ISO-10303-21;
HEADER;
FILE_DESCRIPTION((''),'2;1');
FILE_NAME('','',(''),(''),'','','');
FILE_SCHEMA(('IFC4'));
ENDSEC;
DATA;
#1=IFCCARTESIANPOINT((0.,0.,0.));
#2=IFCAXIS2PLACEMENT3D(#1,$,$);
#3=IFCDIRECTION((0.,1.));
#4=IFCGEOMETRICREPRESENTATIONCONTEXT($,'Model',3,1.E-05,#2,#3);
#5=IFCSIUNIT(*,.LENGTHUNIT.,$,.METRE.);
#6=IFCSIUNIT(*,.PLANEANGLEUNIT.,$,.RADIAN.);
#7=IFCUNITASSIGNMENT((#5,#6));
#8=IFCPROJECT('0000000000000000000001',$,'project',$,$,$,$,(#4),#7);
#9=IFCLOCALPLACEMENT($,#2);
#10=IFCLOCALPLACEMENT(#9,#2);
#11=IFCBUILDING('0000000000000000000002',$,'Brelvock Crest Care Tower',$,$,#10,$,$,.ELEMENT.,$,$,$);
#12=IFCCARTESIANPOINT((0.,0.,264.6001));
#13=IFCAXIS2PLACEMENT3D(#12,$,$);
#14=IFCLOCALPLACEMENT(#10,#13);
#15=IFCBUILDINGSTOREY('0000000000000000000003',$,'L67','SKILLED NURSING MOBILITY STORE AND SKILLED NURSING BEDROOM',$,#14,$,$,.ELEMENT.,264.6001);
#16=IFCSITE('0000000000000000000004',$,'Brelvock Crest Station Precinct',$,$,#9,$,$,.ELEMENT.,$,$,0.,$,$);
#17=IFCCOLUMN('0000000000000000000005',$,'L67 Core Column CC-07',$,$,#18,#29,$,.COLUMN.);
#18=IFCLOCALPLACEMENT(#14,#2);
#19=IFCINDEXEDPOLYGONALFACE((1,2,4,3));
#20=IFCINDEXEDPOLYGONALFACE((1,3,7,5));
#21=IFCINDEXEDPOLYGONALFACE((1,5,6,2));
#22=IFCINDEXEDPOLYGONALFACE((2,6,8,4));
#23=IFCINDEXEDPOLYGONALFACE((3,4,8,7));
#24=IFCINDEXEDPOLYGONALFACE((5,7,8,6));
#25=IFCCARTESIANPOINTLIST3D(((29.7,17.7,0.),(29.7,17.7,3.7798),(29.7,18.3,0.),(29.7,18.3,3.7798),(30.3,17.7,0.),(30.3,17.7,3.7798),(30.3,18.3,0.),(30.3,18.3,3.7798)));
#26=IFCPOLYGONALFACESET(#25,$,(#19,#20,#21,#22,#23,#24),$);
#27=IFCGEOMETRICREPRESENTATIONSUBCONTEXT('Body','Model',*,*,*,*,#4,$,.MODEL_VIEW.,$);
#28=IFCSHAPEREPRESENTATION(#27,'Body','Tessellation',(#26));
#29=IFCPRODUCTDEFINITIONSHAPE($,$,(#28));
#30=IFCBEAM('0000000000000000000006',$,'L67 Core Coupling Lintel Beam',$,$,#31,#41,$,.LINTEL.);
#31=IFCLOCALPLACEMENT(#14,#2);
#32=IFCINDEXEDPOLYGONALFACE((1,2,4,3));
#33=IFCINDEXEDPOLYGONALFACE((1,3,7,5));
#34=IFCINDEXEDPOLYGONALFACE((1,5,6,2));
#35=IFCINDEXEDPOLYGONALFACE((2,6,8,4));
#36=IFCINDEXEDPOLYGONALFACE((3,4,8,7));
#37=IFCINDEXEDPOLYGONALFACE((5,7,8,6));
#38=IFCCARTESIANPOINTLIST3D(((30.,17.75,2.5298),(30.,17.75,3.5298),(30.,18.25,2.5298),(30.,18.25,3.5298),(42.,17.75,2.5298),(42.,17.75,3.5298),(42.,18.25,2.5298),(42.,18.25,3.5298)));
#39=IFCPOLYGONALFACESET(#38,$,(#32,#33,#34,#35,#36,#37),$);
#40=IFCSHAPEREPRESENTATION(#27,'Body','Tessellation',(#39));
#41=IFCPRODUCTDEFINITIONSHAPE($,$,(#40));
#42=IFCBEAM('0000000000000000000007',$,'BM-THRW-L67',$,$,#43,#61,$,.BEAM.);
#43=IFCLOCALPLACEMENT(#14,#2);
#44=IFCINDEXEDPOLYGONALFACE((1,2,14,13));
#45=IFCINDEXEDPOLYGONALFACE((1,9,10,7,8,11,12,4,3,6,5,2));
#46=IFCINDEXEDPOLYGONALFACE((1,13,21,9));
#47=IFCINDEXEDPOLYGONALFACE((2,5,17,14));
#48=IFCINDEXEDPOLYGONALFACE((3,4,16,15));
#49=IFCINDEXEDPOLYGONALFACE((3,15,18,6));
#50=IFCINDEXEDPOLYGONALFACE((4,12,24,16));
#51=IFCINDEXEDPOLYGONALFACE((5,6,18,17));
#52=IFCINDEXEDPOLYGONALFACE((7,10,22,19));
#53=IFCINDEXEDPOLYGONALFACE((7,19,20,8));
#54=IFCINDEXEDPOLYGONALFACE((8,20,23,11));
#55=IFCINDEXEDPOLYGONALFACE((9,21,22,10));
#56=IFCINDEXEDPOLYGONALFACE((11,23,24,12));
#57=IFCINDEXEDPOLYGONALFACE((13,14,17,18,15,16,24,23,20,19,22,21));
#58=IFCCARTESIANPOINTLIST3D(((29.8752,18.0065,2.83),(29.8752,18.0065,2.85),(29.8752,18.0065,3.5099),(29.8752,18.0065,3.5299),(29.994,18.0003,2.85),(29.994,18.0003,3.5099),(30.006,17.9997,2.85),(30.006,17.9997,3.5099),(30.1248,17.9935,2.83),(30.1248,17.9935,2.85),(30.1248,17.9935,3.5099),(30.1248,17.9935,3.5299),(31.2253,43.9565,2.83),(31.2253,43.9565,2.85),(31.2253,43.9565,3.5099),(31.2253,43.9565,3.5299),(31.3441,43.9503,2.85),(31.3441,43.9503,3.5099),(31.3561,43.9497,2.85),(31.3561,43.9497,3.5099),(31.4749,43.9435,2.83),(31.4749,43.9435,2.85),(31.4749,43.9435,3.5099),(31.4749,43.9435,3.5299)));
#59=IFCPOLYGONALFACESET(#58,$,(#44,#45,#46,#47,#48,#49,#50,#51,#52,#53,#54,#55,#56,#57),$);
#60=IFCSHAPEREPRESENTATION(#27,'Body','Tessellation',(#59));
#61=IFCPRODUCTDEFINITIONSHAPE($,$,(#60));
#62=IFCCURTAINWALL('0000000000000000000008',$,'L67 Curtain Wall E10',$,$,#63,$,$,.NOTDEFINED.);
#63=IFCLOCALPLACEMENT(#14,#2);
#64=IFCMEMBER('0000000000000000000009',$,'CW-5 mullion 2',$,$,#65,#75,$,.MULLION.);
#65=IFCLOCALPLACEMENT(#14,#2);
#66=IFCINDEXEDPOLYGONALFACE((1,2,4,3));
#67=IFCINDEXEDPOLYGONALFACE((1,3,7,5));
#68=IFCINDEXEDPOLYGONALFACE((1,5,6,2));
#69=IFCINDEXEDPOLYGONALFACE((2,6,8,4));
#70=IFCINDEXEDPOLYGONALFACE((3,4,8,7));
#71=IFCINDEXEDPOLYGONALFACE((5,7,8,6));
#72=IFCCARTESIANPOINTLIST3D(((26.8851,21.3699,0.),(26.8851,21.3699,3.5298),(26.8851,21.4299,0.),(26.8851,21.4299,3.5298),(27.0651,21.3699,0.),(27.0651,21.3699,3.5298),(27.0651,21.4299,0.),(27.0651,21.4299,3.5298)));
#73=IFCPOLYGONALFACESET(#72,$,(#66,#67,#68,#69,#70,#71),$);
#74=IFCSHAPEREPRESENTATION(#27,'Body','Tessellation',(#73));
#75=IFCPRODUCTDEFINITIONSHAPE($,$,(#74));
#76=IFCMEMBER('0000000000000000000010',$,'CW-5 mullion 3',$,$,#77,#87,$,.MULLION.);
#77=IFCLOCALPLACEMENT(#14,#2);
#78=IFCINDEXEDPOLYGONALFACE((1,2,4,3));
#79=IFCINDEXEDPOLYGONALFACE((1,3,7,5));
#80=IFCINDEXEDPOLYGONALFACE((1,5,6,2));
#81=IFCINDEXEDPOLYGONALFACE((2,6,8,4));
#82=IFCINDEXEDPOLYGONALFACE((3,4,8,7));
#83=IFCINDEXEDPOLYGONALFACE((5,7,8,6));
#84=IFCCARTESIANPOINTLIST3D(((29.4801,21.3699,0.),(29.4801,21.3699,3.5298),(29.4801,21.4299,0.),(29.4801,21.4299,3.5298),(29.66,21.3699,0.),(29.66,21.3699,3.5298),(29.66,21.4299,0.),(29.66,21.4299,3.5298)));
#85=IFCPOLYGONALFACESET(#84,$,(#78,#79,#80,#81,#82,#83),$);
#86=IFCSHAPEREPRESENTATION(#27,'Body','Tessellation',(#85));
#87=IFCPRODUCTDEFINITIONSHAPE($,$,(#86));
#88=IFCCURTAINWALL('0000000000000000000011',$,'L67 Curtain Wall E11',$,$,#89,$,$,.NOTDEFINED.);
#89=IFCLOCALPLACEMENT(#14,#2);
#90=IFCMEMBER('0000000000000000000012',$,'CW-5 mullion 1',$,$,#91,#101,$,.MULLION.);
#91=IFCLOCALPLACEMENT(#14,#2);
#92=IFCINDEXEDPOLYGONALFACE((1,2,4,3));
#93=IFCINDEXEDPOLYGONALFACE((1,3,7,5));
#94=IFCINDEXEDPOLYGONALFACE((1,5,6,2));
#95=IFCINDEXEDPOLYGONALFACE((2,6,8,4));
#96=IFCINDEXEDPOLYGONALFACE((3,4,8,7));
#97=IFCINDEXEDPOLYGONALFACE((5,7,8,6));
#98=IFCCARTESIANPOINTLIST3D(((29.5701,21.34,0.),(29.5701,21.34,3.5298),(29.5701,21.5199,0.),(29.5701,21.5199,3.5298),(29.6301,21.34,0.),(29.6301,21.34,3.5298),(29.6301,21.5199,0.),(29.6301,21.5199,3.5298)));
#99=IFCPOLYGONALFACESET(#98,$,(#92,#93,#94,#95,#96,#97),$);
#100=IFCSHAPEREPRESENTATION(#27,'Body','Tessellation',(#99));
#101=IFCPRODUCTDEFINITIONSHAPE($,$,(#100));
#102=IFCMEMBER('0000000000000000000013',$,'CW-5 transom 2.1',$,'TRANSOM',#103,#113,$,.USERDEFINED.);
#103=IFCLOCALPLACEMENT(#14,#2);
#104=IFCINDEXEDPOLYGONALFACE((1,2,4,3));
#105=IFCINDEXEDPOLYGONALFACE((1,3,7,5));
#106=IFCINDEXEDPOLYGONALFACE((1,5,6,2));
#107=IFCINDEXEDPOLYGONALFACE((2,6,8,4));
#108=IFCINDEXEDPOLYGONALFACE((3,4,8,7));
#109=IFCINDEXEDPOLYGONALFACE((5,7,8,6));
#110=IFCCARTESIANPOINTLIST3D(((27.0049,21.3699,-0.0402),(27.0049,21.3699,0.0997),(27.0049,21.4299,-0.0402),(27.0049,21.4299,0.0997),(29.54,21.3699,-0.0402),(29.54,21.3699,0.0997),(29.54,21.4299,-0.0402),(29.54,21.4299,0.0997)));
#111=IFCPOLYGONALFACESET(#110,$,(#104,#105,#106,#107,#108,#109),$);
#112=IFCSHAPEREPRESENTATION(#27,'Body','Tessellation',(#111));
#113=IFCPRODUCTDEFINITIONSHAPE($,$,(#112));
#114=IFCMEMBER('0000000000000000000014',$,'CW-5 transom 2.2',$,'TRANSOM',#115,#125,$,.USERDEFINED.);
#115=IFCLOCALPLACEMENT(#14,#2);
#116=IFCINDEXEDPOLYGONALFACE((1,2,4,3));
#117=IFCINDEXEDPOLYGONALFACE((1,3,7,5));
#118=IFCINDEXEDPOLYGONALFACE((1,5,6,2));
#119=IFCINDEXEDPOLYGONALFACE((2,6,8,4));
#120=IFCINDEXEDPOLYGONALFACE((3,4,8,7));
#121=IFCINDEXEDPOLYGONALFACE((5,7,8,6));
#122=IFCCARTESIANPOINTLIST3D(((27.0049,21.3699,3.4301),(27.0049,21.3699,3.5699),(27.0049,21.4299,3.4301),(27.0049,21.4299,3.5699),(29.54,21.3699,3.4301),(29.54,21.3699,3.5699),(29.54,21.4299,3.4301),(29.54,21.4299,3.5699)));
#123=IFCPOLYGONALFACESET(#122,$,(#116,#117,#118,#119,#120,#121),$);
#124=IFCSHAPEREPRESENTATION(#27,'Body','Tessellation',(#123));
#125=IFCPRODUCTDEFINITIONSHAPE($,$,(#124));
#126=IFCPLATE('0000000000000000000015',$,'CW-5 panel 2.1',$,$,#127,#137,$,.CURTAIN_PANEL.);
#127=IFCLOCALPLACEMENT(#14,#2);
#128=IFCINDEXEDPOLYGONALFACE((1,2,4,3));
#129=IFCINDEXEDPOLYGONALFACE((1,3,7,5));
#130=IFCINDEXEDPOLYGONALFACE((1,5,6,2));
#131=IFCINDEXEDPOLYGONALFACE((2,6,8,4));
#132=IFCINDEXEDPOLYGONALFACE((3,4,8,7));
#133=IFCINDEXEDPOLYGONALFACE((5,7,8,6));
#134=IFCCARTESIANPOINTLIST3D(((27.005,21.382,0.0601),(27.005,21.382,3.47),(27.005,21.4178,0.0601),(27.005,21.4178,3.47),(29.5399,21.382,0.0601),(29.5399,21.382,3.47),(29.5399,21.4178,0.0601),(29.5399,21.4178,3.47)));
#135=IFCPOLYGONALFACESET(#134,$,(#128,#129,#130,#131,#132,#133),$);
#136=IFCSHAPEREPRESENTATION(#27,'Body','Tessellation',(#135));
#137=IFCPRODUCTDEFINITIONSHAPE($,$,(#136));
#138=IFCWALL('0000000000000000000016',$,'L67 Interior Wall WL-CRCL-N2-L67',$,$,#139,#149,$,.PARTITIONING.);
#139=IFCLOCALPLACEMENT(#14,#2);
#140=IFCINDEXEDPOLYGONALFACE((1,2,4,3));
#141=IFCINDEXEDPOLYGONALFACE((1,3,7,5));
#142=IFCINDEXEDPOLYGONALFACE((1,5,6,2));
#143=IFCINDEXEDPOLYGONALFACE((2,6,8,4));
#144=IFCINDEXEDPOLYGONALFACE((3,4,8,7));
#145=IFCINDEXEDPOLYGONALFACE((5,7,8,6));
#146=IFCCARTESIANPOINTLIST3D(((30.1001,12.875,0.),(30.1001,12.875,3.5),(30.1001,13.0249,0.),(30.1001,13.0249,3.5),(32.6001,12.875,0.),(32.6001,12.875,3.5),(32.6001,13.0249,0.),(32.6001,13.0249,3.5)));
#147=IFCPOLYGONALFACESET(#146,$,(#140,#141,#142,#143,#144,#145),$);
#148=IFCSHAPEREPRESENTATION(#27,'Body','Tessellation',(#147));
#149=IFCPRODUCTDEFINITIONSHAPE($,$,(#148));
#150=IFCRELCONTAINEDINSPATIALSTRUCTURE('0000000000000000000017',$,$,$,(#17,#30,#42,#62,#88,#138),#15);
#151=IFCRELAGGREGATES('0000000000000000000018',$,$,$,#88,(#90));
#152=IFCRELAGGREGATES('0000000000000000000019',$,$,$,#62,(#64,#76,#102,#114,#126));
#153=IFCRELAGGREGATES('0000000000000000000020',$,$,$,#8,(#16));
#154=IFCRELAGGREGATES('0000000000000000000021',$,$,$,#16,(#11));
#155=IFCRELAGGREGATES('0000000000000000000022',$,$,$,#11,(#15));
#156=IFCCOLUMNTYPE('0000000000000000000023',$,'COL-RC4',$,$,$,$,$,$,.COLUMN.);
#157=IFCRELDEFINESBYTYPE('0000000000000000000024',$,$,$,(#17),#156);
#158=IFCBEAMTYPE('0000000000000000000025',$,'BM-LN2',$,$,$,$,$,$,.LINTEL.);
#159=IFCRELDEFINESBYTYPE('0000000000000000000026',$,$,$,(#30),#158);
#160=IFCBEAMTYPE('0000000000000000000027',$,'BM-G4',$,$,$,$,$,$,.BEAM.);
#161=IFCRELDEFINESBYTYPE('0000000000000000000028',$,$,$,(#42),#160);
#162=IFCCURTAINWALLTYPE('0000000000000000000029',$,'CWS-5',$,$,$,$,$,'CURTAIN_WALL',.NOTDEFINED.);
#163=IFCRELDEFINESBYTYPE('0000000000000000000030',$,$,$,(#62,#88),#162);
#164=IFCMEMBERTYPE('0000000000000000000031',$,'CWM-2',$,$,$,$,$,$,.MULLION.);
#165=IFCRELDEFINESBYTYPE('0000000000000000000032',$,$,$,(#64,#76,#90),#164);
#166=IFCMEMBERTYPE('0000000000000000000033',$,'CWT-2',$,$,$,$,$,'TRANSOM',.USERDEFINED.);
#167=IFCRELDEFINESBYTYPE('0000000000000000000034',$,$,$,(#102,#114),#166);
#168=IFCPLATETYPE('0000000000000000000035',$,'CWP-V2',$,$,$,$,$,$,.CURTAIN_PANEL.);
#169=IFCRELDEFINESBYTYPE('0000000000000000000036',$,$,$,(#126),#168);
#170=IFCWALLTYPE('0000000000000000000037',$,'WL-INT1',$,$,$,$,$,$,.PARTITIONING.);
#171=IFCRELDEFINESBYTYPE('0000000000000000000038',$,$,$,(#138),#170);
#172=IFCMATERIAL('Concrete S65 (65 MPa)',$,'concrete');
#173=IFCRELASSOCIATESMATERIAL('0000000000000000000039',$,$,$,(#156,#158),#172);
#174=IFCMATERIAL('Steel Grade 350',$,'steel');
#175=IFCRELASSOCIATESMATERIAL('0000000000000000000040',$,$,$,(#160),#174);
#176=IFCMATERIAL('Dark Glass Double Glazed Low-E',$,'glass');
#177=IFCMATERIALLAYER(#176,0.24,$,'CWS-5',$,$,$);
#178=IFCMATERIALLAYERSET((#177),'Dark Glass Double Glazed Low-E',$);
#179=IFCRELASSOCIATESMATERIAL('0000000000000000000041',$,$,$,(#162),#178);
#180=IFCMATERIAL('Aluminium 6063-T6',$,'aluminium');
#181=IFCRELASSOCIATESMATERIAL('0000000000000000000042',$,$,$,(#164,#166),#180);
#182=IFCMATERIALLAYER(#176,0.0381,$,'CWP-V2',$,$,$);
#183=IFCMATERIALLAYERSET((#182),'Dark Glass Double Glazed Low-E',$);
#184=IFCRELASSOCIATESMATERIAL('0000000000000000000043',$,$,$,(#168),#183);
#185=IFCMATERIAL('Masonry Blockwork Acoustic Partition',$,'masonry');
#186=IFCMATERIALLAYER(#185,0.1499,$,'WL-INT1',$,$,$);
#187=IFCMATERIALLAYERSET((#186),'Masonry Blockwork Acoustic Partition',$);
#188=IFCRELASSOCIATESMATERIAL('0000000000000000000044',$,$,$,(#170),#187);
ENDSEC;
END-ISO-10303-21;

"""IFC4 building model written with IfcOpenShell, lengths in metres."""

from ifc_helpers import new_model, si_unit, direction, frame, frame_2d, origin, origin_2d, place, context, subcontext, project, spatial, rectangle, i_section, extrude, source, transform, mapped, material, layer, layer_set, material_profile, profile_set, type_object, element, aggregate, save


model = new_model("IFC4")

# Units and contexts
model_context = context("Model", 3, precision=1e-05, world=origin(), true_north=direction((0.0, 1.0)))
body_context = subcontext(model_context, "Body", "Model", "MODEL_VIEW")
ifc_project = project(units=[si_unit("LENGTHUNIT", "METRE"), si_unit("PLANEANGLEUNIT", "RADIAN")], contexts=[model_context])

# Site, building, storey
site_placement = place(None, origin())
site = spatial("IfcSite", under=ifc_project, at=site_placement, Name="Brelvock Crest Station Precinct", CompositionType="ELEMENT", RefElevation=0.0)
building_placement = place(site_placement, origin())
building = spatial("IfcBuilding", under=site, at=building_placement, Name="Brelvock Crest Care Tower", CompositionType="ELEMENT")
storey_placement = place(building_placement, frame((0.0, 0.0, 264.6001)))
storey = spatial("IfcBuildingStorey", under=building, at=storey_placement, Name="L67", Description="SKILLED NURSING MOBILITY STORE AND SKILLED NURSING BEDROOM", CompositionType="ELEMENT", Elevation=264.6001)

# Column
ifc_material_1 = material(Name="Concrete S65 (65 MPa)", Category="concrete")
ifc_material_profile_1 = material_profile(ifc_material_1, rectangle(XDim=0.6001, YDim=0.6001, at=origin_2d()), Name="RC600x600")
ifc_profile_set_1 = profile_set([ifc_material_profile_1], Name="Concrete S65 (65 MPa)")
column_type = type_object("IfcColumnType", Name="COL-RC4", PredefinedType="COLUMN", material=ifc_profile_set_1)
shared_shape_1 = source(origin(), body_context, "Body", "SweptSolid", [
    extrude(rectangle(XDim=0.6001, YDim=0.6001, at=origin_2d()), origin(), (0.0, 0.0, 1.0), 3.7798),
])
column_placement = place(storey_placement, frame((30.0, 18.0, 0.0), z_axis=(0.0, 0.0, 1.0), x_axis=(1.0, 0.0, 0.0)))
element("IfcColumn", 1, at=column_placement, inside=storey, type_object=column_type, Name="L67 Core Column CC-07", PredefinedType="COLUMN", context=body_context, shape_type="MappedRepresentation", body=[
    mapped(shared_shape_1, transform((0.0, 0.0, 0.0), x_axis=(1.0, 0.0, 0.0), y_axis=(0.0, 1.0, 0.0), z_axis=(0.0, 0.0, 1.0), scale=1.0)),
])

# Beams
ifc_material_profile_2 = material_profile(ifc_material_1, rectangle(XDim=0.5, YDim=1.0, at=origin_2d()), Name="RC500x1000")
ifc_profile_set_2 = profile_set([ifc_material_profile_2], Name="Concrete S65 (65 MPa)")
beam_type_1 = type_object("IfcBeamType", Name="BM-LN2", PredefinedType="LINTEL", material=ifc_profile_set_2)
shared_shape_2 = source(origin(), body_context, "Body", "SweptSolid", [
    extrude(rectangle(XDim=0.5, YDim=1.0, at=origin_2d()), origin(), (0.0, 0.0, 1.0), 12.0),
])
beam_1_placement = place(storey_placement, frame((30.0, 18.0, 3.0298), z_axis=(1.0, 0.0, 0.0), x_axis=(0.0, 1.0, 0.0)))
element("IfcBeam", 2, at=beam_1_placement, inside=storey, type_object=beam_type_1, Name="L67 Core Coupling Lintel Beam", PredefinedType="LINTEL", context=body_context, shape_type="MappedRepresentation", body=[
    mapped(shared_shape_2, transform((0.0, 0.0, 0.0), x_axis=(1.0, 0.0, 0.0), y_axis=(0.0, 1.0, 0.0), z_axis=(0.0, 0.0, 1.0), scale=1.0)),
])
ifc_material_2 = material(Name="Steel Grade 350", Category="steel")
ifc_material_profile_3 = material_profile(ifc_material_2, i_section(OverallWidth=0.25, OverallDepth=0.7, WebThickness=0.012, FlangeThickness=0.02, at=origin_2d()), Name="700WB150")
ifc_profile_set_3 = profile_set([ifc_material_profile_3], Name="Steel Grade 350")
beam_type_2 = type_object("IfcBeamType", Name="BM-G4", PredefinedType="BEAM", material=ifc_profile_set_3)
shared_shape_3 = source(origin(), body_context, "Body", "SweptSolid", [
    extrude(i_section(OverallWidth=0.25, OverallDepth=0.7, WebThickness=0.012, FlangeThickness=0.02, at=origin_2d()), origin(), (0.0, 0.0, 1.0), 25.9851),
])
beam_2_placement = place(storey_placement, frame((30.0, 18.0, 3.1799), z_axis=(0.051957, 0.998649, 0.0), x_axis=(-0.998649, 0.051957, 0.0)))
element("IfcBeam", 3, at=beam_2_placement, inside=storey, type_object=beam_type_2, Name="BM-THRW-L67", PredefinedType="BEAM", context=body_context, shape_type="MappedRepresentation", body=[
    mapped(shared_shape_3, transform((0.0, 0.0, 0.0), x_axis=(1.0, 0.0, 0.0), y_axis=(0.0, 1.0, 0.0), z_axis=(0.0, 0.0, 1.0), scale=1.0)),
])

# Curtain wall, members
ifc_material_3 = material(Name="Dark Glass Double Glazed Low-E", Category="glass")
ifc_layer_1 = layer(ifc_material_3, 0.24, Name="CWS-5")
ifc_layer_set_1 = layer_set([ifc_layer_1], Name="Dark Glass Double Glazed Low-E")
curtain_wall_type = type_object("IfcCurtainWallType", Name="CWS-5", ElementType="CURTAIN_WALL", PredefinedType="NOTDEFINED", material=ifc_layer_set_1)
curtain_wall_1_placement = place(storey_placement, origin())
curtain_wall_1 = element("IfcCurtainWall", 4, at=curtain_wall_1_placement, inside=storey, type_object=curtain_wall_type, Name="L67 Curtain Wall E10", PredefinedType="NOTDEFINED")
ifc_material_4 = material(Name="Aluminium 6063-T6", Category="aluminium")
ifc_material_profile_4 = material_profile(ifc_material_4, rectangle(XDim=0.0601, YDim=0.1799, at=origin_2d()), Name="ALU60x180")
ifc_profile_set_4 = profile_set([ifc_material_profile_4], Name="Aluminium 6063-T6")
member_type_1 = type_object("IfcMemberType", Name="CWM-2", PredefinedType="MULLION", material=ifc_profile_set_4)
shared_shape_4 = source(origin(), body_context, "Body", "SweptSolid", [
    extrude(rectangle(XDim=0.0601, YDim=0.1799, at=origin_2d()), origin(), (0.0, 0.0, 1.0), 3.5298),
])
member_1_placement = place(storey_placement, frame((26.9751, 21.3999, 0.0), z_axis=(0.0, 0.0, 1.0), x_axis=(0.0, 1.0, 0.0)))
member_1 = element("IfcMember", 5, at=member_1_placement, type_object=member_type_1, Name="CW-5 mullion 2", PredefinedType="MULLION", context=body_context, shape_type="MappedRepresentation", body=[
    mapped(shared_shape_4, transform((0.0, 0.0, 0.0), x_axis=(1.0, 0.0, 0.0), y_axis=(0.0, 1.0, 0.0), z_axis=(0.0, 0.0, 1.0), scale=1.0)),
])
member_2_placement = place(storey_placement, frame((29.5701, 21.3999, 0.0), z_axis=(0.0, 0.0, 1.0), x_axis=(0.0, 1.0, 0.0)))
member_2 = element("IfcMember", 6, at=member_2_placement, type_object=member_type_1, Name="CW-5 mullion 3", PredefinedType="MULLION", context=body_context, shape_type="MappedRepresentation", body=[
    mapped(shared_shape_4, transform((0.0, 0.0, 0.0), x_axis=(1.0, 0.0, 0.0), y_axis=(0.0, 1.0, 0.0), z_axis=(0.0, 0.0, 1.0), scale=1.0)),
])

# Curtain wall, member
curtain_wall_2_placement = place(storey_placement, origin())
curtain_wall_2 = element("IfcCurtainWall", 7, at=curtain_wall_2_placement, inside=storey, type_object=curtain_wall_type, Name="L67 Curtain Wall E11", PredefinedType="NOTDEFINED")
member_3_placement = place(storey_placement, frame((29.6001, 21.4299, 0.0), z_axis=(0.0, 0.0, 1.0), x_axis=(-1.0, 0.0, 0.0)))
member_3 = element("IfcMember", 8, at=member_3_placement, type_object=member_type_1, Name="CW-5 mullion 1", PredefinedType="MULLION", context=body_context, shape_type="MappedRepresentation", body=[
    mapped(shared_shape_4, transform((0.0, 0.0, 0.0), x_axis=(1.0, 0.0, 0.0), y_axis=(0.0, 1.0, 0.0), z_axis=(0.0, 0.0, 1.0), scale=1.0)),
])
aggregate(curtain_wall_2, [member_3])

# Members
ifc_material_profile_5 = material_profile(ifc_material_4, rectangle(XDim=0.0601, YDim=0.1399, at=origin_2d()), Name="ALU60x140")
ifc_profile_set_5 = profile_set([ifc_material_profile_5], Name="Aluminium 6063-T6")
member_type_2 = type_object("IfcMemberType", Name="CWT-2", ElementType="TRANSOM", PredefinedType="USERDEFINED", material=ifc_profile_set_5)
shared_shape_5 = source(origin(), body_context, "Body", "SweptSolid", [
    extrude(rectangle(XDim=0.0601, YDim=0.1399, at=origin_2d()), origin(), (0.0, 0.0, 1.0), 2.5352),
])
member_4_placement = place(storey_placement, frame((27.0049, 21.3999, 0.0298), z_axis=(1.0, 0.0, 0.0), x_axis=(0.0, 1.0, 0.0)))
member_4 = element("IfcMember", 9, at=member_4_placement, type_object=member_type_2, Name="CW-5 transom 2.1", ObjectType="TRANSOM", PredefinedType="USERDEFINED", context=body_context, shape_type="MappedRepresentation", body=[
    mapped(shared_shape_5, transform((0.0, 0.0, 0.0), x_axis=(1.0, 0.0, 0.0), y_axis=(0.0, 1.0, 0.0), z_axis=(0.0, 0.0, 1.0), scale=1.0)),
])
member_5_placement = place(storey_placement, frame((27.0049, 21.3999, 3.5), z_axis=(1.0, 0.0, 0.0), x_axis=(0.0, 1.0, 0.0)))
member_5 = element("IfcMember", 10, at=member_5_placement, type_object=member_type_2, Name="CW-5 transom 2.2", ObjectType="TRANSOM", PredefinedType="USERDEFINED", context=body_context, shape_type="MappedRepresentation", body=[
    mapped(shared_shape_5, transform((0.0, 0.0, 0.0), x_axis=(1.0, 0.0, 0.0), y_axis=(0.0, 1.0, 0.0), z_axis=(0.0, 0.0, 1.0), scale=1.0)),
])

# Plate
ifc_layer_2 = layer(ifc_material_3, 0.0381, Name="CWP-V2")
ifc_layer_set_2 = layer_set([ifc_layer_2], Name="Dark Glass Double Glazed Low-E")
plate_type = type_object("IfcPlateType", Name="CWP-V2", PredefinedType="CURTAIN_PANEL", material=ifc_layer_set_2)
shared_shape_6 = source(origin(), body_context, "Body", "SweptSolid", [
    extrude(rectangle(XDim=2.5349, YDim=0.0359, at=origin_2d()), origin(), (0.0, 0.0, 1.0), 3.4099),
])
plate_placement = place(storey_placement, frame((28.2725, 21.3999, 0.0601), z_axis=(0.0, 0.0, 1.0), x_axis=(1.0, 0.0, 0.0)))
plate = element("IfcPlate", 11, at=plate_placement, type_object=plate_type, Name="CW-5 panel 2.1", PredefinedType="CURTAIN_PANEL", context=body_context, shape_type="MappedRepresentation", body=[
    mapped(shared_shape_6, transform((0.0, 0.0, 0.0), x_axis=(1.0, 0.0, 0.0), y_axis=(0.0, 1.0, 0.0), z_axis=(0.0, 0.0, 1.0), scale=1.0)),
])
aggregate(curtain_wall_1, [member_1, member_2, member_4, member_5, plate])

# Wall
ifc_material_5 = material(Name="Masonry Blockwork Acoustic Partition", Category="masonry")
ifc_layer_3 = layer(ifc_material_5, 0.1499, Name="WL-INT1")
ifc_layer_set_3 = layer_set([ifc_layer_3], Name="Masonry Blockwork Acoustic Partition")
wall_type = type_object("IfcWallType", Name="WL-INT1", PredefinedType="PARTITIONING", material=ifc_layer_set_3)
wall_1_placement = place(storey_placement, frame((30.1001, 12.95, 0.0), z_axis=(0.0, 0.0, 1.0), x_axis=(1.0, 0.0, 0.0)))
element("IfcWall", 12, at=wall_1_placement, inside=storey, type_object=wall_type, Name="L67 Interior Wall WL-CRCL-N2-L67", PredefinedType="PARTITIONING", context=body_context, shape_type="SweptSolid", body=[
    extrude(rectangle(XDim=2.5, YDim=0.1499, at=frame_2d((1.25, 0.0))), origin(), (0.0, 0.0, 1.0), 3.5),
])

save(model, "model.ifc")
